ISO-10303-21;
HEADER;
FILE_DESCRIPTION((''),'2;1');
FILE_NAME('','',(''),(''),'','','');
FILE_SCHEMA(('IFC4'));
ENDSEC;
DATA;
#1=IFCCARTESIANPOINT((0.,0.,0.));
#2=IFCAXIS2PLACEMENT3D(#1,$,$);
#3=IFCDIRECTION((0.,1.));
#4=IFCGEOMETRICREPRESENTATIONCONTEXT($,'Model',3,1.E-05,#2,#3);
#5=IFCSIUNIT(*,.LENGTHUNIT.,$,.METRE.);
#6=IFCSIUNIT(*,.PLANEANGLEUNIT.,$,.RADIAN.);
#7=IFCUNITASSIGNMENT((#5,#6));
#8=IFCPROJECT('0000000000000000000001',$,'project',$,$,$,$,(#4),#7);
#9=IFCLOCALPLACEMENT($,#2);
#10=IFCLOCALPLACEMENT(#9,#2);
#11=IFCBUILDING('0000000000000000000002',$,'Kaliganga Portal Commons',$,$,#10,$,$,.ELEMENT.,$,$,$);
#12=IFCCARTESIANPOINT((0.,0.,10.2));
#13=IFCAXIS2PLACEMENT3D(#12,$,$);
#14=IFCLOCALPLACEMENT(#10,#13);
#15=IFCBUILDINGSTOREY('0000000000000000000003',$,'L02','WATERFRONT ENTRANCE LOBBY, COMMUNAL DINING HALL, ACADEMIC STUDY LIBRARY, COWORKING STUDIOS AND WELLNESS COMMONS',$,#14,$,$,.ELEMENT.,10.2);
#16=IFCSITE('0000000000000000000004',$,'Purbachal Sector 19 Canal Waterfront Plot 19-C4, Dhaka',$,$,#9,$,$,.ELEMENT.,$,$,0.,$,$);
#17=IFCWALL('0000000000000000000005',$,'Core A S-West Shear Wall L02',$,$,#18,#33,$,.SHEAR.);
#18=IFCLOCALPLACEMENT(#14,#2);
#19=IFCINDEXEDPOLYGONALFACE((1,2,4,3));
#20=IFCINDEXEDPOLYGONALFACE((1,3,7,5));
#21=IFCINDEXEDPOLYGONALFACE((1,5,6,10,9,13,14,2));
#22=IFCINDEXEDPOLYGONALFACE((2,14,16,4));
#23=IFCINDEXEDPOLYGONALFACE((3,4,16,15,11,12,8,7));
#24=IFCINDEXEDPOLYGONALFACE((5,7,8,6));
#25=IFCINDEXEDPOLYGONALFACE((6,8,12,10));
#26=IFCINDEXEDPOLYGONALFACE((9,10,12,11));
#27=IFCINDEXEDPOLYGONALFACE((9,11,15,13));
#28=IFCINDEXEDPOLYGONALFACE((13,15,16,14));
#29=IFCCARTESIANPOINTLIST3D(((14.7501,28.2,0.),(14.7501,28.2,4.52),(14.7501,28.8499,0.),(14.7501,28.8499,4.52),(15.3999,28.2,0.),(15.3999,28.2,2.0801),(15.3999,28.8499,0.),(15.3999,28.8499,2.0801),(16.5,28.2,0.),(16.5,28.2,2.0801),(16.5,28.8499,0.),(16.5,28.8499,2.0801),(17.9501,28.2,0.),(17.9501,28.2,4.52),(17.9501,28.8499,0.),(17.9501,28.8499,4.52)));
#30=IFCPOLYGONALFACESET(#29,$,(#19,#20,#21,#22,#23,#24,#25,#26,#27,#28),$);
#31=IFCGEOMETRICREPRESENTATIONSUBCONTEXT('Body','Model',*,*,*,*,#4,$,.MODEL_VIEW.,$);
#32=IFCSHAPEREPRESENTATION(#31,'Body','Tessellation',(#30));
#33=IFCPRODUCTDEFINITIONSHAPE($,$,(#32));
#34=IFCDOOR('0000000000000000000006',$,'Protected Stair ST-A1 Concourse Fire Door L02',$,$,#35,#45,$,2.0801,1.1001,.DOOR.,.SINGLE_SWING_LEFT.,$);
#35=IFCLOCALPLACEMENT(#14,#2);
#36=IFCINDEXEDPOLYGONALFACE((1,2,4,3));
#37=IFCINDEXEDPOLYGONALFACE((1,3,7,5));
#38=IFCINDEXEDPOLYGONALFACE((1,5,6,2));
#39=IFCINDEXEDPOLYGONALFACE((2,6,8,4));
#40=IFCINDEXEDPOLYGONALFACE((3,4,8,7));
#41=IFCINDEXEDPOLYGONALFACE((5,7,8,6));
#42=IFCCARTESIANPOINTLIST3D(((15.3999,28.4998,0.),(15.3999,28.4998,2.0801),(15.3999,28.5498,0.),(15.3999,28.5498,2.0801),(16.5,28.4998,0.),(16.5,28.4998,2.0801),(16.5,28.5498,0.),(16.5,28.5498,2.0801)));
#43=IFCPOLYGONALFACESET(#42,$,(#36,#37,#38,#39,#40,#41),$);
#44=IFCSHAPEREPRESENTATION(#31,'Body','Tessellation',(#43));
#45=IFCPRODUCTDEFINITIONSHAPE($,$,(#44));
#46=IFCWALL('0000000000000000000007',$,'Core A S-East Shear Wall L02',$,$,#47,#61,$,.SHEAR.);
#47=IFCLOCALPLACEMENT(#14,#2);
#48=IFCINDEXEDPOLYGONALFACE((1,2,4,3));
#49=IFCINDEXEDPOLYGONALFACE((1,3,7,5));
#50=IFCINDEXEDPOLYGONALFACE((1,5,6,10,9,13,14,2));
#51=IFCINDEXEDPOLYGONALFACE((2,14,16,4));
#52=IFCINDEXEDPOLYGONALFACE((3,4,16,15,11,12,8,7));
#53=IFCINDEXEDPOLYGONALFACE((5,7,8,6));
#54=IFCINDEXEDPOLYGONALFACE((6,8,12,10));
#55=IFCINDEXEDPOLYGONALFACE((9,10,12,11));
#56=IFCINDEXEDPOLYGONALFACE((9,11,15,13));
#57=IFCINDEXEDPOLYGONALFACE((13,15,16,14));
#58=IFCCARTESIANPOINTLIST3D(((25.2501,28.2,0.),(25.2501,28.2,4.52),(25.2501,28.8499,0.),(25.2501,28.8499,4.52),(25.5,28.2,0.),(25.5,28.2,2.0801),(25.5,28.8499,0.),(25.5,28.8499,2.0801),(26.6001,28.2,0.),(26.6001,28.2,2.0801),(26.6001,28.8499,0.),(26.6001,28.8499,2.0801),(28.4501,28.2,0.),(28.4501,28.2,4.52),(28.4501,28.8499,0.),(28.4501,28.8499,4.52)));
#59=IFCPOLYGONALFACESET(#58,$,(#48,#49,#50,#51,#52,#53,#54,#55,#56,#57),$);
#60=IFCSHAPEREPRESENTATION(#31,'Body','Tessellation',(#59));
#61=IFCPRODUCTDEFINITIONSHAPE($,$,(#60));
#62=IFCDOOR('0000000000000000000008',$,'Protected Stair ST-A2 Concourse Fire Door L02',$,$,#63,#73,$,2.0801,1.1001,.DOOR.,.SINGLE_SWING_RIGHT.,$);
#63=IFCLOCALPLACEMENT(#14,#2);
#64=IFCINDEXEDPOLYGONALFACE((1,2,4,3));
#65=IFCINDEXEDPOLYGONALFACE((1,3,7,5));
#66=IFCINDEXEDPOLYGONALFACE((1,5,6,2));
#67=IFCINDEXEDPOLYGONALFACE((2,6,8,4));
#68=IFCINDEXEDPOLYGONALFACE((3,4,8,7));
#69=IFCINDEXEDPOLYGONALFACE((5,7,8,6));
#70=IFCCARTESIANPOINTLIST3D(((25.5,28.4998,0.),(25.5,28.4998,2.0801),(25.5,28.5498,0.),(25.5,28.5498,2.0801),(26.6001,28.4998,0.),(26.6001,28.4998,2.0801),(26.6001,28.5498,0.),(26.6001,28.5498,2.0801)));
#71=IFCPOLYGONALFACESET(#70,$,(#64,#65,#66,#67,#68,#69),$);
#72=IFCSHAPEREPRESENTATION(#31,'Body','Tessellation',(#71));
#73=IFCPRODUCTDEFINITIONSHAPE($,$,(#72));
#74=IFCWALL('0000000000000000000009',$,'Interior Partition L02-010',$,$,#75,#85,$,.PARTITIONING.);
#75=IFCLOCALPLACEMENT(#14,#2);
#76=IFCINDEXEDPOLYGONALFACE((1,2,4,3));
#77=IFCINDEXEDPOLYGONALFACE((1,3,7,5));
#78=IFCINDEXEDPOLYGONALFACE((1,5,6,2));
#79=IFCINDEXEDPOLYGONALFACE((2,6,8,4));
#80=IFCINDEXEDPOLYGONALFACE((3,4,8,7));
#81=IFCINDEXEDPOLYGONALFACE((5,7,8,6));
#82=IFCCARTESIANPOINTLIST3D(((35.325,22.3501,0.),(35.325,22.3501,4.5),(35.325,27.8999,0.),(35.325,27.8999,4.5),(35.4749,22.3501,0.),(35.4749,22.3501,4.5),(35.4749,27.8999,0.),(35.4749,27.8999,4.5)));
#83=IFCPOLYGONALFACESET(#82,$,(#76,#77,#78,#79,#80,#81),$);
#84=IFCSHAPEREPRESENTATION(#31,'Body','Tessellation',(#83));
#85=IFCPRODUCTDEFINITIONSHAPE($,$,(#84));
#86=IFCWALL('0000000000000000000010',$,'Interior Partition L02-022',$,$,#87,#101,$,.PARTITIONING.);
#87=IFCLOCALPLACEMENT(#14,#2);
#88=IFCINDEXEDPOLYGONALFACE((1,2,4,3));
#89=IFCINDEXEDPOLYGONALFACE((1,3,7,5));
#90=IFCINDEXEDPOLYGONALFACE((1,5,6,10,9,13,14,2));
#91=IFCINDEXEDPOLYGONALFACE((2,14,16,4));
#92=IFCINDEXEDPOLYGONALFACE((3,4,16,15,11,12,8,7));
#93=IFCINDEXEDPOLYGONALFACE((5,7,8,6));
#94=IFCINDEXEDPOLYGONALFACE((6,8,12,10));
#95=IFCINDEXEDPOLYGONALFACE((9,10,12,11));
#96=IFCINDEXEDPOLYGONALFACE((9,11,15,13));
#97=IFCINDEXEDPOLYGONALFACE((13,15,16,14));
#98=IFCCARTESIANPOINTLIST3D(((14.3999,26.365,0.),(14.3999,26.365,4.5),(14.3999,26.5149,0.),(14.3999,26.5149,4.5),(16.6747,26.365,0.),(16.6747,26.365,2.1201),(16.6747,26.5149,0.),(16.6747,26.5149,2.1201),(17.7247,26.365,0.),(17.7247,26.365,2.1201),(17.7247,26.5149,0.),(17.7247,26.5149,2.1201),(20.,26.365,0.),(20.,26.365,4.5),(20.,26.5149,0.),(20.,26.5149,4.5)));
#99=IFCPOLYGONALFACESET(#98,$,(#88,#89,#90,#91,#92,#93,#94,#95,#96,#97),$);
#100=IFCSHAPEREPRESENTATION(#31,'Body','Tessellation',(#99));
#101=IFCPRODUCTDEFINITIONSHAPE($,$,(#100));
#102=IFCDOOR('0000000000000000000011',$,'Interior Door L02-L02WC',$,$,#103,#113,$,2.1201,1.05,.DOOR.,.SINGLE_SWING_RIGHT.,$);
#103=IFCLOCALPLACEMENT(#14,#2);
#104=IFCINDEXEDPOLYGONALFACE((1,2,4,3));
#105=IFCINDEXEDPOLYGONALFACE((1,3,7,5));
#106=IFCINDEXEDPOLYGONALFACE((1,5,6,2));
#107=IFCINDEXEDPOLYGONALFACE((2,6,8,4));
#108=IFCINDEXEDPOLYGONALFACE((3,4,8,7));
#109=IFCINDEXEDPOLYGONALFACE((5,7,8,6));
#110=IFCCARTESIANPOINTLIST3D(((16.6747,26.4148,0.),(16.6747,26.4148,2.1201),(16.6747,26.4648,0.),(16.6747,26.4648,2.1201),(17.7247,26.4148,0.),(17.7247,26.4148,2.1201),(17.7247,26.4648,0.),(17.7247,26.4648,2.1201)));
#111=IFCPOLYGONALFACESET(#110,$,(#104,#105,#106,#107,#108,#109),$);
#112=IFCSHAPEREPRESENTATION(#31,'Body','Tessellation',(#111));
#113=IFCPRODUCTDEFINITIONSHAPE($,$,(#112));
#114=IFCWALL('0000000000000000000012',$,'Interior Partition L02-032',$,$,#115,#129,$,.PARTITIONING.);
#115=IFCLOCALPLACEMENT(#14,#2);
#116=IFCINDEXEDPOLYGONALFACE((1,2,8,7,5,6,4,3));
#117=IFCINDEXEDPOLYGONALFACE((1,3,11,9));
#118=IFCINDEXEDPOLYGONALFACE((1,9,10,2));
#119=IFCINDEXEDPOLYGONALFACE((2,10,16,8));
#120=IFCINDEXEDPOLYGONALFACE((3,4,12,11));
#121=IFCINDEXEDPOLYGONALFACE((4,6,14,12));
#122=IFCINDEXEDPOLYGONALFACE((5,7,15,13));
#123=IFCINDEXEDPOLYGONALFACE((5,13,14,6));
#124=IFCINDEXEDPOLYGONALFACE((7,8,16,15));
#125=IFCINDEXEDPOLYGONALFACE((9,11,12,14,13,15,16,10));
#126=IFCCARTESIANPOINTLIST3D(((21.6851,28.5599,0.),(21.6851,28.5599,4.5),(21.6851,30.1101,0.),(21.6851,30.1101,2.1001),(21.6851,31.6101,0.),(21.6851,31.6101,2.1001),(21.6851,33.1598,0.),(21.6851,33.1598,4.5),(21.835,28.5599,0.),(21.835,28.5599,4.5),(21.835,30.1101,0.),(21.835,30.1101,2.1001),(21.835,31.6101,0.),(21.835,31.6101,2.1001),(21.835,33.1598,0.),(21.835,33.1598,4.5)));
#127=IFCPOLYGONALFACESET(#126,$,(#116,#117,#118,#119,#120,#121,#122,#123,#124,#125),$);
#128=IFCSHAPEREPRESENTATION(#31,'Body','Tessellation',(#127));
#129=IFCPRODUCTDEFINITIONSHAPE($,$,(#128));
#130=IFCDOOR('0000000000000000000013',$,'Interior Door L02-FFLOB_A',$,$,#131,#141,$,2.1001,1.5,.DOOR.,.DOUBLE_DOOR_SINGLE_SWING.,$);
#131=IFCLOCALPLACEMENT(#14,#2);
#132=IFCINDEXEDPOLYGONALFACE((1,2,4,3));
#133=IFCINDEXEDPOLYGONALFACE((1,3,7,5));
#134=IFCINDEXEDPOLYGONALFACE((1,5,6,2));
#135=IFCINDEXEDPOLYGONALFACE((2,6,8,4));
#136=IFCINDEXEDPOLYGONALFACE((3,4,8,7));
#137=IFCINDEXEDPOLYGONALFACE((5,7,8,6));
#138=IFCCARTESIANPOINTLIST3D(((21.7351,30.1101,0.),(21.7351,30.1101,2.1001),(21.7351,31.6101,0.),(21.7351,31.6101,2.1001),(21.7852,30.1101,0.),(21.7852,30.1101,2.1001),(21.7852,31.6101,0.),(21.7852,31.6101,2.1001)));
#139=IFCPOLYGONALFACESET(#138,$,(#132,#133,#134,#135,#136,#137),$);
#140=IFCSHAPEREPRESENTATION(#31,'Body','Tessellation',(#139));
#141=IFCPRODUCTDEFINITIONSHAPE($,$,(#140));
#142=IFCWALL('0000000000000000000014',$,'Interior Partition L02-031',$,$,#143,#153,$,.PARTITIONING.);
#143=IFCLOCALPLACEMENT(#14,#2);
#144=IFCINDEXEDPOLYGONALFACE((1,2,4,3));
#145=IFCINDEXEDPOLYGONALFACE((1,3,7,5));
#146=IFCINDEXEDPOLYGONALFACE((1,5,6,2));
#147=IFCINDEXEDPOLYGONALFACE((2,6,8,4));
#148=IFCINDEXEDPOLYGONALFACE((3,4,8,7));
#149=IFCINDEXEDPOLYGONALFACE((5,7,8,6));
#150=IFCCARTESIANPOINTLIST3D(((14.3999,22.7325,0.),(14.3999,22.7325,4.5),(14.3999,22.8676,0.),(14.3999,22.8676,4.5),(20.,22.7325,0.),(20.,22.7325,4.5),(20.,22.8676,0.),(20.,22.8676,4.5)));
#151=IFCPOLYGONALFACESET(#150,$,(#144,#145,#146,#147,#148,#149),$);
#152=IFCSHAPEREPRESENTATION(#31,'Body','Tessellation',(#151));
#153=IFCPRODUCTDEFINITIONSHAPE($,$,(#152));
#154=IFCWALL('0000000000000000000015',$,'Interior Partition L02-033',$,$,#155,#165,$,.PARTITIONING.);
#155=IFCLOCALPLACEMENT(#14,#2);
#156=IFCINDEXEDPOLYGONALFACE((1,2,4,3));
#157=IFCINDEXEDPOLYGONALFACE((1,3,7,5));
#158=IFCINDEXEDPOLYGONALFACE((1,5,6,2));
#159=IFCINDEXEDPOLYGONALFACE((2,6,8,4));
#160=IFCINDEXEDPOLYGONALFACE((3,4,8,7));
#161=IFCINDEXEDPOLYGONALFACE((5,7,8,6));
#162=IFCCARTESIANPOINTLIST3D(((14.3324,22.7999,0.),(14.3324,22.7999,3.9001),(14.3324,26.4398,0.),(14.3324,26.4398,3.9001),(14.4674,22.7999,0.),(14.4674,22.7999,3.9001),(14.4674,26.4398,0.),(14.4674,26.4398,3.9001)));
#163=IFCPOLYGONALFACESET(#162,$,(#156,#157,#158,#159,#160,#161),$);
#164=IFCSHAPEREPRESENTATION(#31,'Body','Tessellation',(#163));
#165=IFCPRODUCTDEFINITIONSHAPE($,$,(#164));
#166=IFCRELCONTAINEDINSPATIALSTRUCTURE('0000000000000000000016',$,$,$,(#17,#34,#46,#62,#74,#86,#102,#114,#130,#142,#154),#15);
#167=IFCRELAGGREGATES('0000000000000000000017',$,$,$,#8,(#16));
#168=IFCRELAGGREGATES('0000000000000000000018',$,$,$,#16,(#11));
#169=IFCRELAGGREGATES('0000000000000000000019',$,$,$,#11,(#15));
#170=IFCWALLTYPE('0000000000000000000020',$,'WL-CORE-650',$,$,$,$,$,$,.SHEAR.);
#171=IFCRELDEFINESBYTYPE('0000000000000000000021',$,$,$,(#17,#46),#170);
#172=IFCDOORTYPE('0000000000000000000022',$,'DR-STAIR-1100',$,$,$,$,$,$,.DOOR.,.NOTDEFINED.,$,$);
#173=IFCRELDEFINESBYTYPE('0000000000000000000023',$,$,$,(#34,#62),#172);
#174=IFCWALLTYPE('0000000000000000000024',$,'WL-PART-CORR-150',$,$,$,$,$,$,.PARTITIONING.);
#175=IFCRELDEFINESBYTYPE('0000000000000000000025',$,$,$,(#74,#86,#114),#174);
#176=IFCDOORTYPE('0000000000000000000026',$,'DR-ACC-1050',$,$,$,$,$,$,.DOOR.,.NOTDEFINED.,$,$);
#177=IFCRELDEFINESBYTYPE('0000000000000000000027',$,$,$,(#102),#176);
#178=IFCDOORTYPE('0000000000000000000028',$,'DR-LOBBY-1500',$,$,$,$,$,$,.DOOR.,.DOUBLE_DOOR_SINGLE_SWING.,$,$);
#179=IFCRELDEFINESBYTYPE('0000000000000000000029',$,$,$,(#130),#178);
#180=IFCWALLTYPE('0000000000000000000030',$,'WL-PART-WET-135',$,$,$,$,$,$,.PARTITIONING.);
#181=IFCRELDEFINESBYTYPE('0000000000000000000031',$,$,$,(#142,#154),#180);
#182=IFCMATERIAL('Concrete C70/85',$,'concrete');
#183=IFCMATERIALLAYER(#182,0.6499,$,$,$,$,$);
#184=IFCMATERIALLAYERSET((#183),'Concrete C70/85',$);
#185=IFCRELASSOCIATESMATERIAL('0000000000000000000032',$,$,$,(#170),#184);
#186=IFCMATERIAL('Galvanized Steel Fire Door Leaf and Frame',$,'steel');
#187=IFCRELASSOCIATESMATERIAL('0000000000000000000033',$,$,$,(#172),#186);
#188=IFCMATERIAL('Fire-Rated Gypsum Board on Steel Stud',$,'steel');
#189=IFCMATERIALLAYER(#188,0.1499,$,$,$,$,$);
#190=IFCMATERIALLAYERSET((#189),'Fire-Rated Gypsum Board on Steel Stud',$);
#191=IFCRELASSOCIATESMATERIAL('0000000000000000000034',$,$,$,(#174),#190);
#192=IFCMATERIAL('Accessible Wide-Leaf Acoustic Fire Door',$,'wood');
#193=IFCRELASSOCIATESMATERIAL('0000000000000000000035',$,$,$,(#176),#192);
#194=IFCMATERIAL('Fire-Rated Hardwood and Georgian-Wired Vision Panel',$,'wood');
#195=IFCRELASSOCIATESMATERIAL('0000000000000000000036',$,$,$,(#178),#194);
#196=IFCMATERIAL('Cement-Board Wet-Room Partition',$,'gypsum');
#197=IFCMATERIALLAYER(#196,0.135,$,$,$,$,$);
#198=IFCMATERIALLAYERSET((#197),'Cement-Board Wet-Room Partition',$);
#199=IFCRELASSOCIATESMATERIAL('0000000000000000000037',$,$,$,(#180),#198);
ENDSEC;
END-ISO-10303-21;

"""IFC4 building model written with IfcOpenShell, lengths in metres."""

from ifc_helpers import new_model, si_unit, direction, frame, frame_2d, origin, place, context, subcontext, project, spatial, rectangle, extrude, material, layer, layer_set, type_object, element, fill, save


model = new_model("IFC4")

# Units and contexts
model_context = context("Model", 3, precision=1e-05, world=origin(), true_north=direction((0.0, 1.0)))
body_context = subcontext(model_context, "Body", "Model", "MODEL_VIEW")
ifc_project = project(units=[si_unit("LENGTHUNIT", "METRE"), si_unit("PLANEANGLEUNIT", "RADIAN")], contexts=[model_context])

# Site, building, storey
site_placement = place(None, origin())
site = spatial("IfcSite", under=ifc_project, at=site_placement, Name="Purbachal Sector 19 Canal Waterfront Plot 19-C4, Dhaka", CompositionType="ELEMENT", RefElevation=0.0)
building_placement = place(site_placement, origin())
building = spatial("IfcBuilding", under=site, at=building_placement, Name="Kaliganga Portal Commons", CompositionType="ELEMENT")
storey_placement = place(building_placement, frame((0.0, 0.0, 10.2)))
storey = spatial("IfcBuildingStorey", under=building, at=storey_placement, Name="L02", Description="WATERFRONT ENTRANCE LOBBY, COMMUNAL DINING HALL, ACADEMIC STUDY LIBRARY, COWORKING STUDIOS AND WELLNESS COMMONS", CompositionType="ELEMENT", Elevation=10.2)

# Shared definitions
ifc_material_1 = material(Name="Concrete C70/85", Category="concrete")

# Shared definitions
ifc_layer_1 = layer(ifc_material_1, 0.6499)
ifc_layer_set_1 = layer_set([ifc_layer_1], Name="Concrete C70/85")
wall_type_1 = type_object("IfcWallType", Name="WL-CORE-650", PredefinedType="SHEAR", material=ifc_layer_set_1)

# Walls, openings, doors
wall_1_placement = place(storey_placement, frame((14.75, 28.5249, 0.0), z_axis=(0.0, 0.0, 1.0), x_axis=(1.0, 0.0, 0.0)))
wall_1 = element("IfcWall", 1, at=wall_1_placement, inside=storey, type_object=wall_type_1, Name="Core A S-West Shear Wall L02", PredefinedType="SHEAR", context=body_context, shape_type="SweptSolid", body=[
    extrude(rectangle(XDim=3.2, YDim=0.6499, at=frame_2d((1.6001, 0.0))), origin(), (0.0, 0.0, 1.0), 4.52),
])
opening_1_placement = place(wall_1_placement, frame((0.6499, 0.0, 0.0)))
opening_1 = element("IfcOpeningElement", 2, at=opening_1_placement, cuts=wall_1, PredefinedType="OPENING", context=body_context, shape_type="SweptSolid", body=[
    extrude(rectangle(XDim=1.1001, YDim=2.0801, at=frame_2d((0.55, 1.04))), frame((0.0, 0.335, 0.0), z_axis=(0.0, -1.0, 0.0), x_axis=(1.0, 0.0, 0.0)), (0.0, 0.0, 1.0), 0.6699),
])
ifc_material_2 = material(Name="Galvanized Steel Fire Door Leaf and Frame", Category="steel")
door_type_1 = type_object("IfcDoorType", Name="DR-STAIR-1100", OperationType="NOTDEFINED", PredefinedType="DOOR", material=ifc_material_2)
door_1_placement = place(opening_1_placement, origin())
door_1 = element("IfcDoor", 3, at=door_1_placement, inside=storey, type_object=door_type_1, Name="Protected Stair ST-A1 Concourse Fire Door L02", OperationType="SINGLE_SWING_LEFT", OverallHeight=2.0801, OverallWidth=1.1001, PredefinedType="DOOR", context=body_context, shape_type="SweptSolid", body=[
    extrude(rectangle(XDim=1.1001, YDim=2.0801, at=frame_2d((0.55, 1.04))), frame((0.0, 0.0249, 0.0), z_axis=(0.0, -1.0, 0.0), x_axis=(1.0, 0.0, 0.0)), (0.0, 0.0, 1.0), 0.05),
])
fill(opening_1, door_1)
wall_2_placement = place(storey_placement, frame((25.25, 28.5249, 0.0), z_axis=(0.0, 0.0, 1.0), x_axis=(1.0, 0.0, 0.0)))
wall_2 = element("IfcWall", 4, at=wall_2_placement, inside=storey, type_object=wall_type_1, Name="Core A S-East Shear Wall L02", PredefinedType="SHEAR", context=body_context, shape_type="SweptSolid", body=[
    extrude(rectangle(XDim=3.2, YDim=0.6499, at=frame_2d((1.6001, 0.0))), origin(), (0.0, 0.0, 1.0), 4.52),
])
opening_2_placement = place(wall_2_placement, frame((0.25, 0.0, 0.0)))
opening_2 = element("IfcOpeningElement", 5, at=opening_2_placement, cuts=wall_2, PredefinedType="OPENING", context=body_context, shape_type="SweptSolid", body=[
    extrude(rectangle(XDim=1.1001, YDim=2.0801, at=frame_2d((0.55, 1.04))), frame((0.0, 0.335, 0.0), z_axis=(0.0, -1.0, 0.0), x_axis=(1.0, 0.0, 0.0)), (0.0, 0.0, 1.0), 0.6699),
])
door_2_placement = place(opening_2_placement, origin())
door_2 = element("IfcDoor", 6, at=door_2_placement, inside=storey, type_object=door_type_1, Name="Protected Stair ST-A2 Concourse Fire Door L02", OperationType="SINGLE_SWING_RIGHT", OverallHeight=2.0801, OverallWidth=1.1001, PredefinedType="DOOR", context=body_context, shape_type="SweptSolid", body=[
    extrude(rectangle(XDim=1.1001, YDim=2.0801, at=frame_2d((0.55, 1.04))), frame((0.0, 0.0249, 0.0), z_axis=(0.0, -1.0, 0.0), x_axis=(1.0, 0.0, 0.0)), (0.0, 0.0, 1.0), 0.05),
])
fill(opening_2, door_2)

# Wall
ifc_material_3 = material(Name="Fire-Rated Gypsum Board on Steel Stud", Category="steel")
ifc_layer_2 = layer(ifc_material_3, 0.1499)
ifc_layer_set_2 = layer_set([ifc_layer_2], Name="Fire-Rated Gypsum Board on Steel Stud")
wall_type_2 = type_object("IfcWallType", Name="WL-PART-CORR-150", PredefinedType="PARTITIONING", material=ifc_layer_set_2)
wall_3_placement = place(storey_placement, frame((35.3999, 22.3501, 0.0), z_axis=(0.0, 0.0, 1.0), x_axis=(0.0, 1.0, 0.0)))
element("IfcWall", 7, at=wall_3_placement, inside=storey, type_object=wall_type_2, Name="Interior Partition L02-010", PredefinedType="PARTITIONING", context=body_context, shape_type="SweptSolid", body=[
    extrude(rectangle(XDim=5.5498, YDim=0.1499, at=frame_2d((2.7749, 0.0))), origin(), (0.0, 0.0, 1.0), 4.5),
])

# Walls, openings, doors
wall_4_placement = place(storey_placement, frame((14.3999, 26.4399, 0.0), z_axis=(0.0, 0.0, 1.0), x_axis=(1.0, 0.0, 0.0)))
wall_4 = element("IfcWall", 8, at=wall_4_placement, inside=storey, type_object=wall_type_2, Name="Interior Partition L02-022", PredefinedType="PARTITIONING", context=body_context, shape_type="SweptSolid", body=[
    extrude(rectangle(XDim=5.6001, YDim=0.1499, at=frame_2d((2.8, 0.0))), origin(), (0.0, 0.0, 1.0), 4.5),
])
opening_3_placement = place(wall_4_placement, frame((2.2749, 0.0, 0.0)))
opening_3 = element("IfcOpeningElement", 9, at=opening_3_placement, cuts=wall_4, PredefinedType="OPENING", context=body_context, shape_type="SweptSolid", body=[
    extrude(rectangle(XDim=1.05, YDim=2.1201, at=frame_2d((0.5249, 1.0601))), frame((0.0, 0.085, 0.0), z_axis=(0.0, -1.0, 0.0), x_axis=(1.0, 0.0, 0.0)), (0.0, 0.0, 1.0), 0.1699),
])
ifc_material_4 = material(Name="Accessible Wide-Leaf Acoustic Fire Door", Category="wood")
door_type_2 = type_object("IfcDoorType", Name="DR-ACC-1050", OperationType="NOTDEFINED", PredefinedType="DOOR", material=ifc_material_4)
door_3_placement = place(opening_3_placement, origin())
door_3 = element("IfcDoor", 10, at=door_3_placement, inside=storey, type_object=door_type_2, Name="Interior Door L02-L02WC", OperationType="SINGLE_SWING_RIGHT", OverallHeight=2.1201, OverallWidth=1.05, PredefinedType="DOOR", context=body_context, shape_type="SweptSolid", body=[
    extrude(rectangle(XDim=1.05, YDim=2.1201, at=frame_2d((0.5249, 1.0601))), frame((0.0, 0.0249, 0.0), z_axis=(0.0, -1.0, 0.0), x_axis=(1.0, 0.0, 0.0)), (0.0, 0.0, 1.0), 0.05),
])
fill(opening_3, door_3)
wall_5_placement = place(storey_placement, frame((21.76, 28.5601, 0.0), z_axis=(0.0, 0.0, 1.0), x_axis=(0.0, 1.0, 0.0)))
wall_5 = element("IfcWall", 11, at=wall_5_placement, inside=storey, type_object=wall_type_2, Name="Interior Partition L02-032", PredefinedType="PARTITIONING", context=body_context, shape_type="SweptSolid", body=[
    extrude(rectangle(XDim=4.5999, YDim=0.1499, at=frame_2d((2.2998, 0.0))), origin(), (0.0, 0.0, 1.0), 4.5),
])
opening_4_placement = place(wall_5_placement, frame((1.55, 0.0, 0.0)))
opening_4 = element("IfcOpeningElement", 12, at=opening_4_placement, cuts=wall_5, PredefinedType="OPENING", context=body_context, shape_type="SweptSolid", body=[
    extrude(rectangle(XDim=1.5, YDim=2.1001, at=frame_2d((0.75, 1.05))), frame((0.0, 0.085, 0.0), z_axis=(0.0, -1.0, 0.0), x_axis=(1.0, 0.0, 0.0)), (0.0, 0.0, 1.0), 0.1699),
])
ifc_material_5 = material(Name="Fire-Rated Hardwood and Georgian-Wired Vision Panel", Category="wood")
door_type_3 = type_object("IfcDoorType", Name="DR-LOBBY-1500", OperationType="DOUBLE_DOOR_SINGLE_SWING", PredefinedType="DOOR", material=ifc_material_5)
door_4_placement = place(opening_4_placement, origin())
door_4 = element("IfcDoor", 13, at=door_4_placement, inside=storey, type_object=door_type_3, Name="Interior Door L02-FFLOB_A", OperationType="DOUBLE_DOOR_SINGLE_SWING", OverallHeight=2.1001, OverallWidth=1.5, PredefinedType="DOOR", context=body_context, shape_type="SweptSolid", body=[
    extrude(rectangle(XDim=1.5, YDim=2.1001, at=frame_2d((0.75, 1.05))), frame((0.0, 0.0249, 0.0), z_axis=(0.0, -1.0, 0.0), x_axis=(1.0, 0.0, 0.0)), (0.0, 0.0, 1.0), 0.05),
])
fill(opening_4, door_4)

# Walls
ifc_material_6 = material(Name="Cement-Board Wet-Room Partition", Category="gypsum")
ifc_layer_3 = layer(ifc_material_6, 0.135)
ifc_layer_set_3 = layer_set([ifc_layer_3], Name="Cement-Board Wet-Room Partition")
wall_type_3 = type_object("IfcWallType", Name="WL-PART-WET-135", PredefinedType="PARTITIONING", material=ifc_layer_set_3)
wall_6_placement = place(storey_placement, frame((14.3999, 22.8, 0.0), z_axis=(0.0, 0.0, 1.0), x_axis=(1.0, 0.0, 0.0)))
element("IfcWall", 14, at=wall_6_placement, inside=storey, type_object=wall_type_3, Name="Interior Partition L02-031", PredefinedType="PARTITIONING", context=body_context, shape_type="SweptSolid", body=[
    extrude(rectangle(XDim=5.6001, YDim=0.135, at=frame_2d((2.8, 0.0))), origin(), (0.0, 0.0, 1.0), 4.5),
])
wall_7_placement = place(storey_placement, frame((14.3999, 22.8, 0.0), z_axis=(0.0, 0.0, 1.0), x_axis=(0.0, 1.0, 0.0)))
element("IfcWall", 15, at=wall_7_placement, inside=storey, type_object=wall_type_3, Name="Interior Partition L02-033", PredefinedType="PARTITIONING", context=body_context, shape_type="SweptSolid", body=[
    extrude(rectangle(XDim=3.6399, YDim=0.135, at=frame_2d((1.8198, 0.0))), origin(), (0.0, 0.0, 1.0), 3.9001),
])

save(model, "model.ifc")
